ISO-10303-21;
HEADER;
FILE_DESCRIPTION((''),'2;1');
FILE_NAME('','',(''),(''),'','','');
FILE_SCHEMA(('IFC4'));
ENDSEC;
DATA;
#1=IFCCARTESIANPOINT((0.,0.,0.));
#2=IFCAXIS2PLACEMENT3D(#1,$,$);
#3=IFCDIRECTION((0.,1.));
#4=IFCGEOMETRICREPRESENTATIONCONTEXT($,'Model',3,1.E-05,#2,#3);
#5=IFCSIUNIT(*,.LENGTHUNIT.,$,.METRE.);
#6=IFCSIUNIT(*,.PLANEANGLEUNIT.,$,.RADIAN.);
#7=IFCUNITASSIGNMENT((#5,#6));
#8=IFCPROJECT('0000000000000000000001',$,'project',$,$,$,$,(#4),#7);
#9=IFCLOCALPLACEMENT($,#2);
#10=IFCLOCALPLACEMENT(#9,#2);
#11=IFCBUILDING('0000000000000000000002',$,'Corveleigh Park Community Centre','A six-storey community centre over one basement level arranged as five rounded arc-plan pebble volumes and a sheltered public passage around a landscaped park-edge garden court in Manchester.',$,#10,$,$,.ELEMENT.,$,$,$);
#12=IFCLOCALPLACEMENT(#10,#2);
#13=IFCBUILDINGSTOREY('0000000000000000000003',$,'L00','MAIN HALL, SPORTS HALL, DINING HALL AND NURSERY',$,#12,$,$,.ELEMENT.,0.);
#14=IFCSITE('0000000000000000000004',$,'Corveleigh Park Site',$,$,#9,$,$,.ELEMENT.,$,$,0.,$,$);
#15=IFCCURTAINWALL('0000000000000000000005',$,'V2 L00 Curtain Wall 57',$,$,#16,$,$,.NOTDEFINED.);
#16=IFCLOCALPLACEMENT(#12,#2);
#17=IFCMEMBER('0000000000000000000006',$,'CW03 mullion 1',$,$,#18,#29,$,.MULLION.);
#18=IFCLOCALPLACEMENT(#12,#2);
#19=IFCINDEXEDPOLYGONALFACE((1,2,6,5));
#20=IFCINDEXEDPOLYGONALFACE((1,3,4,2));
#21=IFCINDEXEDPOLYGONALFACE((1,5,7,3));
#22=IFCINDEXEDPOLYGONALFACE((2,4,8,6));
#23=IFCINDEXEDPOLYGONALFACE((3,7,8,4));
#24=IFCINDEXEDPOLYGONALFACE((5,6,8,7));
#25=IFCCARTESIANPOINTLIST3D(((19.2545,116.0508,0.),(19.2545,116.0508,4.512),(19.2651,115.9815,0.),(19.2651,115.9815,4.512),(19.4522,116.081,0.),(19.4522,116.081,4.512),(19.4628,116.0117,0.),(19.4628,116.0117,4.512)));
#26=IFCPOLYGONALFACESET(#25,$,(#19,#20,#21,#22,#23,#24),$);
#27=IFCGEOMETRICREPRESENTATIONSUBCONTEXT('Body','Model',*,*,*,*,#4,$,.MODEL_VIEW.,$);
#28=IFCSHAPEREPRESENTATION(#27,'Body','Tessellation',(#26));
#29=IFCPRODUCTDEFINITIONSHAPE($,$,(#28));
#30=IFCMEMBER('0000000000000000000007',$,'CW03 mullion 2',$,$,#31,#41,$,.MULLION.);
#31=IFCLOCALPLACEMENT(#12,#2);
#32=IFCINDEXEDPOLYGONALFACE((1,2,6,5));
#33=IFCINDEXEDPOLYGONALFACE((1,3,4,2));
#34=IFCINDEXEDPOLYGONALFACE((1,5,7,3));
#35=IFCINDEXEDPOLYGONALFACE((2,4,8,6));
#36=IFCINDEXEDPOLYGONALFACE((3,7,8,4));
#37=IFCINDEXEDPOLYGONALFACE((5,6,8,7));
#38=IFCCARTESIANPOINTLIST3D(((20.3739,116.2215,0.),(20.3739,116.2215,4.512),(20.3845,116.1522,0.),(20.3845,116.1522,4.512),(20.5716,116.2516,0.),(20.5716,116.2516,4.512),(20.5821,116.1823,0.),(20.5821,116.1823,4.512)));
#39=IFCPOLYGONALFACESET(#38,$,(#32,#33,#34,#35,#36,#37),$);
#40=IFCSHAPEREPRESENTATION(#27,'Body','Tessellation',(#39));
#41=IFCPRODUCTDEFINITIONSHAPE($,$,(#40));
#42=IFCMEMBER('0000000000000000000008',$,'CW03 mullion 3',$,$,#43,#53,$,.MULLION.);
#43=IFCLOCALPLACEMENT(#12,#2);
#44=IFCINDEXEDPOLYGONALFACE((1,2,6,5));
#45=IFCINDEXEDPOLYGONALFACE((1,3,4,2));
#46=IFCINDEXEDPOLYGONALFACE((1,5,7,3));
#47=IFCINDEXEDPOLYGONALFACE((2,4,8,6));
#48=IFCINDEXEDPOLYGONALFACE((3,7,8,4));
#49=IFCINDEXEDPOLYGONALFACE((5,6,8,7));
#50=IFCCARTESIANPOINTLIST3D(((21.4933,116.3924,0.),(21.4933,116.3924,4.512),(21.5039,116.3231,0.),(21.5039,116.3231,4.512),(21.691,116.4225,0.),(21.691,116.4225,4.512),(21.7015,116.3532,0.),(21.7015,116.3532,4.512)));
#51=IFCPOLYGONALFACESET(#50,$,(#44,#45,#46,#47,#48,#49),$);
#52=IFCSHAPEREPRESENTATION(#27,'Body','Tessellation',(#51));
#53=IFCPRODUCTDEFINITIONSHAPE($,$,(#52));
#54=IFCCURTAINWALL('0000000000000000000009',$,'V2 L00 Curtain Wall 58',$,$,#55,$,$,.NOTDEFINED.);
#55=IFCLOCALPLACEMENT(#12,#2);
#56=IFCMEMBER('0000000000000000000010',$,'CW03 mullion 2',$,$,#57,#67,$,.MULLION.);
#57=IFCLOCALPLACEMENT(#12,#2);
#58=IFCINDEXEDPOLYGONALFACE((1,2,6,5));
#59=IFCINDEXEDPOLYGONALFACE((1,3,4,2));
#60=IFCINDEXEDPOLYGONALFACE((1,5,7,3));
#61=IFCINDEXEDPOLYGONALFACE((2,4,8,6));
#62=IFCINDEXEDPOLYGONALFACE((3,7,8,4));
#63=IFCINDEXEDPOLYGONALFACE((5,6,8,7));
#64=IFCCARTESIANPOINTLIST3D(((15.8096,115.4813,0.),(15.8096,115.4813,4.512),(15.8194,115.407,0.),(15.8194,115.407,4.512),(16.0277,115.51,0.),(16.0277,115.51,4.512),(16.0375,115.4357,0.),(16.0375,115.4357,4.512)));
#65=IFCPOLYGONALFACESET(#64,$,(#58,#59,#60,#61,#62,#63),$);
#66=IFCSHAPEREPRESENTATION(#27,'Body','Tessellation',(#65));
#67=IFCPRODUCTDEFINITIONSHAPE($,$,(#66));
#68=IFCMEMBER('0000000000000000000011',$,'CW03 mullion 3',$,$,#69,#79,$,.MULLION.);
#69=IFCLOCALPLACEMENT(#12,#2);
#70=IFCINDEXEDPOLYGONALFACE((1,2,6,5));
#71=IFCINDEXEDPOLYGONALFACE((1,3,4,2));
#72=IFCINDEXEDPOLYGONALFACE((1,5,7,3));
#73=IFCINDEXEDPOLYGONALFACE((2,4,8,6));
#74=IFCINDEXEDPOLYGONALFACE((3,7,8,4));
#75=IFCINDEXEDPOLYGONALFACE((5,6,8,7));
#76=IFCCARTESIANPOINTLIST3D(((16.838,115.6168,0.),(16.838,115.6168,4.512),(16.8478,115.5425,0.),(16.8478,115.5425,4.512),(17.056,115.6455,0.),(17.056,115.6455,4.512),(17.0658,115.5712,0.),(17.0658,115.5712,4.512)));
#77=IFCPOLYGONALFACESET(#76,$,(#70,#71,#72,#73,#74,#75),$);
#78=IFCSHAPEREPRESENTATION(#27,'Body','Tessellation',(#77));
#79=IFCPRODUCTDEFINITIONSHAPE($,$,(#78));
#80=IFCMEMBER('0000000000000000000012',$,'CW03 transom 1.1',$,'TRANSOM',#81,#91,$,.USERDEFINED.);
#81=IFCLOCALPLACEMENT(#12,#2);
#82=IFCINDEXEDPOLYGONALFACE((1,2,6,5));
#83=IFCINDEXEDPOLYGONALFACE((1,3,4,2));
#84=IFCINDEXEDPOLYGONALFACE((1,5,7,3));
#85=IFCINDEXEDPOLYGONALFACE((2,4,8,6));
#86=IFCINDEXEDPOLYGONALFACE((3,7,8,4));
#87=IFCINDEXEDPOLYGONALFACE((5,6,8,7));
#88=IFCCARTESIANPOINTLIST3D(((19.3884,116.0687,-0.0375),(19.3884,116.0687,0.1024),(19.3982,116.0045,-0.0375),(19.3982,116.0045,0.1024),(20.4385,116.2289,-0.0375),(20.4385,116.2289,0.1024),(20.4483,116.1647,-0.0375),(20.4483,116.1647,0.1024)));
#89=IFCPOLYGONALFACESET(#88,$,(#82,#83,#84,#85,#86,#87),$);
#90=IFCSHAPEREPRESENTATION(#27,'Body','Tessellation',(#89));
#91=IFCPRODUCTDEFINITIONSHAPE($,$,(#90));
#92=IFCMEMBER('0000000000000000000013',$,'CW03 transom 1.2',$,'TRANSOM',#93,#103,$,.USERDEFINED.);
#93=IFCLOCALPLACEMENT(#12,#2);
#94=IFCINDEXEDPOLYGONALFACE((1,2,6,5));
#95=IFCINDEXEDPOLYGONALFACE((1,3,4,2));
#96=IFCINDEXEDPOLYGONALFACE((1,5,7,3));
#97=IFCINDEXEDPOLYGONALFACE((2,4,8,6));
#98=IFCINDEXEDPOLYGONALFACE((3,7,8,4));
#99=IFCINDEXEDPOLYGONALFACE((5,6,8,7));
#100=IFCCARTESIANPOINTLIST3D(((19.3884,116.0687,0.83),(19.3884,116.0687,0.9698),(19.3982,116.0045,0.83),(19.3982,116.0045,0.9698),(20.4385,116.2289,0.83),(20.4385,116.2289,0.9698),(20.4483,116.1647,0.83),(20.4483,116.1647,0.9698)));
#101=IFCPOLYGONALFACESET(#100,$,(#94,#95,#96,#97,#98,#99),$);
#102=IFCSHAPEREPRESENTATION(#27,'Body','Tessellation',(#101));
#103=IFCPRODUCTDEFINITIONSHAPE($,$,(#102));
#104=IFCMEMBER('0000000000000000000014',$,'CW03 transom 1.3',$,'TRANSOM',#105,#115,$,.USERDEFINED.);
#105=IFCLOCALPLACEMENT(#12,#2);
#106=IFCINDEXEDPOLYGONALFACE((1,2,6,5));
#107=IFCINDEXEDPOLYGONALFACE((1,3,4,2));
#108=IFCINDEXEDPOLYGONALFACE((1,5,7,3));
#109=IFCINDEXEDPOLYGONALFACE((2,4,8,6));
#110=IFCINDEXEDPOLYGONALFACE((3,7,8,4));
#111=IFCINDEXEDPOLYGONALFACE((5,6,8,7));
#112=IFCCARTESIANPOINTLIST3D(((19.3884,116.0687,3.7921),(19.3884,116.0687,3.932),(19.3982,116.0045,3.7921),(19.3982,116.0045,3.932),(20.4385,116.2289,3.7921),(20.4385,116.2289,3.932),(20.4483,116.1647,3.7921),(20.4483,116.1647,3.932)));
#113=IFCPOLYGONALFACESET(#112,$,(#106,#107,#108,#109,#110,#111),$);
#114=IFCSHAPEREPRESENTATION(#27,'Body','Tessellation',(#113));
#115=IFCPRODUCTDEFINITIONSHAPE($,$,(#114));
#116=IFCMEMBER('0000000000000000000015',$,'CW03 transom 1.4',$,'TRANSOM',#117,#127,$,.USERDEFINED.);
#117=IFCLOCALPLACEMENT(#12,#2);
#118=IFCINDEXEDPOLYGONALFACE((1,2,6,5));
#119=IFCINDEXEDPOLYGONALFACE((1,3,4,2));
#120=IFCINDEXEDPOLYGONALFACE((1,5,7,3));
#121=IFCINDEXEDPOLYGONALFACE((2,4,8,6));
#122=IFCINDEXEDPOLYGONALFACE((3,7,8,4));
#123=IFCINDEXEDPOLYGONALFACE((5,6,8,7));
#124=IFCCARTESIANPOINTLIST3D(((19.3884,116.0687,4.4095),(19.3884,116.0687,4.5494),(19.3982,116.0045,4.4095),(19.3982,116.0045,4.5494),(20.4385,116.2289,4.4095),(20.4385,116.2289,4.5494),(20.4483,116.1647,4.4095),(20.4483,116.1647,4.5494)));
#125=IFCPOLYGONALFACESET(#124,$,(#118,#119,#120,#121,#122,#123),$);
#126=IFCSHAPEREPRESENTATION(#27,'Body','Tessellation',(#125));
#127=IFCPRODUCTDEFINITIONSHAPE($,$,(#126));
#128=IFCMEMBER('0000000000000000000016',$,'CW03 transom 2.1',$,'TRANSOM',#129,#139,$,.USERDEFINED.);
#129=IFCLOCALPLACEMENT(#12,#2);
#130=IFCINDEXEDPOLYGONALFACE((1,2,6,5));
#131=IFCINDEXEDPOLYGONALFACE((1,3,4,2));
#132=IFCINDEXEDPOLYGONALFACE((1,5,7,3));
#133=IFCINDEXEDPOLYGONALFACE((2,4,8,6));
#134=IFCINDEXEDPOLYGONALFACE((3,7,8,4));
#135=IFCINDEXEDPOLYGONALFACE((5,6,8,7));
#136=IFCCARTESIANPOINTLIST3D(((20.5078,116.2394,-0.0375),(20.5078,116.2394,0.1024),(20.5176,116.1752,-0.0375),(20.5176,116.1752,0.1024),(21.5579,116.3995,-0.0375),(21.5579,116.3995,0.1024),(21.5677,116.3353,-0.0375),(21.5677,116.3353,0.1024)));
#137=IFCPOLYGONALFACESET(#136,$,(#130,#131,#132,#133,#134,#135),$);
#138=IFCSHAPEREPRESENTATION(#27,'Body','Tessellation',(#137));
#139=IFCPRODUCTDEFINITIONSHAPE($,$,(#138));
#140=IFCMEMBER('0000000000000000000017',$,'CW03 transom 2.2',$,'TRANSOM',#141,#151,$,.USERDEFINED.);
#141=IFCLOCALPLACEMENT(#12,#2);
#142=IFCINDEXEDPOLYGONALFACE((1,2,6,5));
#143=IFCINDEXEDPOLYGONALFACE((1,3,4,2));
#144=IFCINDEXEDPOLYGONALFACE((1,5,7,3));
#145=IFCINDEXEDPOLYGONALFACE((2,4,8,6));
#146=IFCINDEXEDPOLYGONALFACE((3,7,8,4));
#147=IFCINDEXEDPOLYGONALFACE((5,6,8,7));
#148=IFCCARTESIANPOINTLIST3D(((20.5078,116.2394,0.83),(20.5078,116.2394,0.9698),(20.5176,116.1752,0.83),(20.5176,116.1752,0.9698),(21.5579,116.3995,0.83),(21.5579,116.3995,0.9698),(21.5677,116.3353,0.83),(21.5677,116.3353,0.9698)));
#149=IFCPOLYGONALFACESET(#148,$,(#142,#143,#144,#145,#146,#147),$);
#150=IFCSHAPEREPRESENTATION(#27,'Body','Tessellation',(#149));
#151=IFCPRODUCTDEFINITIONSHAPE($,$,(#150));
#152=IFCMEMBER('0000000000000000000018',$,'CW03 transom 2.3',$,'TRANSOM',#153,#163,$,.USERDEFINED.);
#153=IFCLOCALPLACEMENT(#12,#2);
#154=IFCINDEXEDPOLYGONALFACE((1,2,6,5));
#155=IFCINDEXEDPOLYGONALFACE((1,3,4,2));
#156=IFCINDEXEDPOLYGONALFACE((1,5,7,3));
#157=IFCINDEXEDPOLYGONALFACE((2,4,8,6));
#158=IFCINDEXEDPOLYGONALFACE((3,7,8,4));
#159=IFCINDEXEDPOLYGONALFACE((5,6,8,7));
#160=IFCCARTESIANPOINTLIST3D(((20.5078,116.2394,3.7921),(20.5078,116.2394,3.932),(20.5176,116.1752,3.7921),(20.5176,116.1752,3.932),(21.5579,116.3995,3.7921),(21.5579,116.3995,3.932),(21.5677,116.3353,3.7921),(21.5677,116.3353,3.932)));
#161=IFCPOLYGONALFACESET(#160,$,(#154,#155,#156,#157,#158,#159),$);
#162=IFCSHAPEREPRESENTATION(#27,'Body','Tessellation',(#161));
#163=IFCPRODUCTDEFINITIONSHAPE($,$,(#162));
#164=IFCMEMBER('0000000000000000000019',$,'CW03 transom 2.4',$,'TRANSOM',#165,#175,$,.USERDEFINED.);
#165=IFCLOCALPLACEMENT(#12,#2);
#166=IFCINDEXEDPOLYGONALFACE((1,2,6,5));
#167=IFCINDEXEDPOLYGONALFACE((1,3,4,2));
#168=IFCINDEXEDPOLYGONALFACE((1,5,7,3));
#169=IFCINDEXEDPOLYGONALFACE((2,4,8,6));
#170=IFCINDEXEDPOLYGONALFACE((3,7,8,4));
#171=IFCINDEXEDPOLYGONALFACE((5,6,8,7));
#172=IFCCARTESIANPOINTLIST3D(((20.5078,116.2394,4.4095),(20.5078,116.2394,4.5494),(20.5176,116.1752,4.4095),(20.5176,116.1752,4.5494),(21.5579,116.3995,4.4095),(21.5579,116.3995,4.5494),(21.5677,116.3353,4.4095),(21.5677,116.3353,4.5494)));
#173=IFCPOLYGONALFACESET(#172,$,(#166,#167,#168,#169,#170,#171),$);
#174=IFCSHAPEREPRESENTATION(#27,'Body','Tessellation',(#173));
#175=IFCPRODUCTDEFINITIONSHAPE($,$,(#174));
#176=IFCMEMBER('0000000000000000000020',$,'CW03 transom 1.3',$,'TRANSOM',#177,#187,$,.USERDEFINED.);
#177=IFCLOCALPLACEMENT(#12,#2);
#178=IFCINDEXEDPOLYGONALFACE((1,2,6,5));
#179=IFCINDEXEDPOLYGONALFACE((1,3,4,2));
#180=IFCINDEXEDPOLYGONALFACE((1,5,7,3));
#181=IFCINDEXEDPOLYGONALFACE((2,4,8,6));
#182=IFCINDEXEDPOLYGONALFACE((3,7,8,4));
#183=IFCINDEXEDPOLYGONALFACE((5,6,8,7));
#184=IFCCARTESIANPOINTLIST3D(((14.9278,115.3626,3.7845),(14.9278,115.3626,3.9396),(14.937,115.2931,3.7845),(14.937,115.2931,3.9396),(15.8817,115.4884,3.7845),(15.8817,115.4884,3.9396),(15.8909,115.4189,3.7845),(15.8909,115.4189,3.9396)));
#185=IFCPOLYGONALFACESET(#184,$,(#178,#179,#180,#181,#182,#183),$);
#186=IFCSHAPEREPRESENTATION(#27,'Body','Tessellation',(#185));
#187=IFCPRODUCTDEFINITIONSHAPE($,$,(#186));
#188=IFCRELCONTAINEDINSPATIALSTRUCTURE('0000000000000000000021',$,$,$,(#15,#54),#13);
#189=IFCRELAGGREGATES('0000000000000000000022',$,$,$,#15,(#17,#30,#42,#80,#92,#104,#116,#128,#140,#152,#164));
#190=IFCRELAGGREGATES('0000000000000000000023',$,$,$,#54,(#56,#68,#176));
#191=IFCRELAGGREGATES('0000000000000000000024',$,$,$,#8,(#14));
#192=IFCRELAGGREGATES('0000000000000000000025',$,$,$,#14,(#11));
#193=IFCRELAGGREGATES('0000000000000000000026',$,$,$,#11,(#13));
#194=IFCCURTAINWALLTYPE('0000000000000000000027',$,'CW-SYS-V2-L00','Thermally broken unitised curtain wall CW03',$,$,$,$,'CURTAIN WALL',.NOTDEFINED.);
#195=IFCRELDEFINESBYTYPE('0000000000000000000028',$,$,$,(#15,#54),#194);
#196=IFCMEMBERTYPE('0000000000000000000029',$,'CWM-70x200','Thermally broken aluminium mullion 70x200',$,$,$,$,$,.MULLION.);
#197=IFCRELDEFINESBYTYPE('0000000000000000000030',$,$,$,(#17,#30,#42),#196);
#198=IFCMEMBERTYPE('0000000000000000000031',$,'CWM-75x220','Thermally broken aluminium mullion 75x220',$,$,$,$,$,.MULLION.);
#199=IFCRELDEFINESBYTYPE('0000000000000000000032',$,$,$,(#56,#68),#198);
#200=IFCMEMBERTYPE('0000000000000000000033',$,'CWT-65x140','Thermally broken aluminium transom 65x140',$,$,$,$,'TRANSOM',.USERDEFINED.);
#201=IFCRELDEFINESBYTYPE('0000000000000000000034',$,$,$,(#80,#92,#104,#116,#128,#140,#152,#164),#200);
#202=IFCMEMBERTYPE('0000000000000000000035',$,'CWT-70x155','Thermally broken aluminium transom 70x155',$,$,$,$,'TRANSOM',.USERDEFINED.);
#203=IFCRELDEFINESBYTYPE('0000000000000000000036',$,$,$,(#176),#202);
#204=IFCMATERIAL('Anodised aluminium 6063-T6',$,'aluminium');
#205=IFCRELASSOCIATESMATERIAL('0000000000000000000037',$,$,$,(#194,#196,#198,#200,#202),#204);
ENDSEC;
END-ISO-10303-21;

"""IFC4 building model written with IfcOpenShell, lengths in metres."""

from ifc_helpers import new_model, si_unit, direction, frame, origin, origin_2d, place, context, subcontext, project, spatial, rectangle, extrude, material, material_profile, profile_set, type_object, element, aggregate, save


model = new_model("IFC4")

# Units and contexts
model_context = context("Model", 3, precision=1e-05, world=origin(), true_north=direction((0.0, 1.0)))
body_context = subcontext(model_context, "Body", "Model", "MODEL_VIEW")
ifc_project = project(units=[si_unit("LENGTHUNIT", "METRE"), si_unit("PLANEANGLEUNIT", "RADIAN")], contexts=[model_context])

# Site, building, storey
site_placement = place(None, origin())
site = spatial("IfcSite", under=ifc_project, at=site_placement, Name="Corveleigh Park Site", CompositionType="ELEMENT", RefElevation=0.0)
building_placement = place(site_placement, origin())
building = spatial("IfcBuilding", under=site, at=building_placement, Name="Corveleigh Park Community Centre", Description="A six-storey community centre over one basement level arranged as five rounded arc-plan pebble volumes and a sheltered public passage around a landscaped park-edge garden court in Manchester.", CompositionType="ELEMENT")
storey_placement = place(building_placement, origin())
storey = spatial("IfcBuildingStorey", under=building, at=storey_placement, Name="L00", Description="MAIN HALL, SPORTS HALL, DINING HALL AND NURSERY", CompositionType="ELEMENT", Elevation=0.0)

# Curtain walls, members
ifc_material_1 = material(Name="Anodised aluminium 6063-T6", Category="aluminium")
curtain_wall_type = type_object("IfcCurtainWallType", Name="CW-SYS-V2-L00", Description="Thermally broken unitised curtain wall CW03", ElementType="CURTAIN WALL", PredefinedType="NOTDEFINED", material=ifc_material_1)
curtain_wall_1_placement = place(storey_placement, origin())
curtain_wall_1 = element("IfcCurtainWall", 1, at=curtain_wall_1_placement, inside=storey, type_object=curtain_wall_type, Name="V2 L00 Curtain Wall 57", PredefinedType="NOTDEFINED")
ifc_material_profile_1 = material_profile(ifc_material_1, rectangle(XDim=0.0701, YDim=0.2, at=origin_2d()), Name="ALU-M70x200", Category="aluminium")
ifc_profile_set_1 = profile_set([ifc_material_profile_1], Name="Anodised aluminium 6063-T6")
member_type_1 = type_object("IfcMemberType", Name="CWM-70x200", Description="Thermally broken aluminium mullion 70x200", PredefinedType="MULLION", material=ifc_profile_set_1)
member_1_placement = place(storey_placement, frame((19.3586, 116.0312, 0.0), z_axis=(0.0, 0.0, 1.0), x_axis=(-0.15077, 0.988569, 0.0)))
member_1 = element("IfcMember", 2, at=member_1_placement, type_object=member_type_1, Name="CW03 mullion 1", PredefinedType="MULLION", context=body_context, shape_type="SweptSolid", body=[
    extrude(rectangle(XDim=0.0701, YDim=0.2, at=origin_2d()), origin(), (0.0, 0.0, 1.0), 4.512),
])
member_2_placement = place(storey_placement, frame((20.478, 116.2019, 0.0), z_axis=(0.0, 0.0, 1.0), x_axis=(-0.15077, 0.988569, 0.0)))
member_2 = element("IfcMember", 3, at=member_2_placement, type_object=member_type_1, Name="CW03 mullion 2", PredefinedType="MULLION", context=body_context, shape_type="SweptSolid", body=[
    extrude(rectangle(XDim=0.0701, YDim=0.2, at=origin_2d()), origin(), (0.0, 0.0, 1.0), 4.512),
])
member_3_placement = place(storey_placement, frame((21.5974, 116.3728, 0.0), z_axis=(0.0, 0.0, 1.0), x_axis=(-0.15077, 0.988569, 0.0)))
member_3 = element("IfcMember", 4, at=member_3_placement, type_object=member_type_1, Name="CW03 mullion 3", PredefinedType="MULLION", context=body_context, shape_type="SweptSolid", body=[
    extrude(rectangle(XDim=0.0701, YDim=0.2, at=origin_2d()), origin(), (0.0, 0.0, 1.0), 4.512),
])
curtain_wall_2_placement = place(storey_placement, origin())
curtain_wall_2 = element("IfcCurtainWall", 5, at=curtain_wall_2_placement, inside=storey, type_object=curtain_wall_type, Name="V2 L00 Curtain Wall 58", PredefinedType="NOTDEFINED")
ifc_material_profile_2 = material_profile(ifc_material_1, rectangle(XDim=0.075, YDim=0.22, at=origin_2d()), Name="ALU-M75x220", Category="aluminium")
ifc_profile_set_2 = profile_set([ifc_material_profile_2], Name="Anodised aluminium 6063-T6")
member_type_2 = type_object("IfcMemberType", Name="CWM-75x220", Description="Thermally broken aluminium mullion 75x220", PredefinedType="MULLION", material=ifc_profile_set_2)
member_4_placement = place(storey_placement, frame((15.9236, 115.4585, 0.0), z_axis=(0.0, 0.0, 1.0), x_axis=(-0.130731, 0.991418, 0.0)))
member_4 = element("IfcMember", 6, at=member_4_placement, type_object=member_type_2, Name="CW03 mullion 2", PredefinedType="MULLION", context=body_context, shape_type="SweptSolid", body=[
    extrude(rectangle(XDim=0.075, YDim=0.22, at=origin_2d()), origin(), (0.0, 0.0, 1.0), 4.512),
])
member_5_placement = place(storey_placement, frame((16.9519, 115.594, 0.0), z_axis=(0.0, 0.0, 1.0), x_axis=(-0.130731, 0.991418, 0.0)))
member_5 = element("IfcMember", 7, at=member_5_placement, type_object=member_type_2, Name="CW03 mullion 3", PredefinedType="MULLION", context=body_context, shape_type="SweptSolid", body=[
    extrude(rectangle(XDim=0.075, YDim=0.22, at=origin_2d()), origin(), (0.0, 0.0, 1.0), 4.512),
])

# Members
ifc_material_profile_3 = material_profile(ifc_material_1, rectangle(XDim=0.0649, YDim=0.1399, at=origin_2d()), Name="ALU-T65x140", Category="aluminium")
ifc_profile_set_3 = profile_set([ifc_material_profile_3], Name="Anodised aluminium 6063-T6")
member_type_3 = type_object("IfcMemberType", Name="CWT-65x140", Description="Thermally broken aluminium transom 65x140", ElementType="TRANSOM", PredefinedType="USERDEFINED", material=ifc_profile_set_3)
member_6_placement = place(storey_placement, frame((19.3933, 116.0366, 0.0325), z_axis=(0.988568, 0.150779, 0.0), x_axis=(-0.150779, 0.988568, 0.0)))
member_6 = element("IfcMember", 8, at=member_6_placement, type_object=member_type_3, Name="CW03 transom 1.1", ObjectType="TRANSOM", PredefinedType="USERDEFINED", context=body_context, shape_type="SweptSolid", body=[
    extrude(rectangle(XDim=0.0649, YDim=0.1399, at=origin_2d()), origin(), (0.0, 0.0, 1.0), 1.0623),
])
member_7_placement = place(storey_placement, frame((19.3933, 116.0366, 0.8999), z_axis=(0.988568, 0.150779, 0.0), x_axis=(-0.150779, 0.988568, 0.0)))
member_7 = element("IfcMember", 9, at=member_7_placement, type_object=member_type_3, Name="CW03 transom 1.2", ObjectType="TRANSOM", PredefinedType="USERDEFINED", context=body_context, shape_type="SweptSolid", body=[
    extrude(rectangle(XDim=0.0649, YDim=0.1399, at=origin_2d()), origin(), (0.0, 0.0, 1.0), 1.0623),
])
member_8_placement = place(storey_placement, frame((19.3933, 116.0366, 3.8621), z_axis=(0.988568, 0.150779, 0.0), x_axis=(-0.150779, 0.988568, 0.0)))
member_8 = element("IfcMember", 10, at=member_8_placement, type_object=member_type_3, Name="CW03 transom 1.3", ObjectType="TRANSOM", PredefinedType="USERDEFINED", context=body_context, shape_type="SweptSolid", body=[
    extrude(rectangle(XDim=0.0649, YDim=0.1399, at=origin_2d()), origin(), (0.0, 0.0, 1.0), 1.0623),
])
member_9_placement = place(storey_placement, frame((19.3933, 116.0366, 4.4795), z_axis=(0.988568, 0.150779, 0.0), x_axis=(-0.150779, 0.988568, 0.0)))
member_9 = element("IfcMember", 11, at=member_9_placement, type_object=member_type_3, Name="CW03 transom 1.4", ObjectType="TRANSOM", PredefinedType="USERDEFINED", context=body_context, shape_type="SweptSolid", body=[
    extrude(rectangle(XDim=0.0649, YDim=0.1399, at=origin_2d()), origin(), (0.0, 0.0, 1.0), 1.0623),
])
member_10_placement = place(storey_placement, frame((20.5127, 116.2073, 0.0325), z_axis=(0.988568, 0.150779, 0.0), x_axis=(-0.150779, 0.988568, 0.0)))
member_10 = element("IfcMember", 12, at=member_10_placement, type_object=member_type_3, Name="CW03 transom 2.1", ObjectType="TRANSOM", PredefinedType="USERDEFINED", context=body_context, shape_type="SweptSolid", body=[
    extrude(rectangle(XDim=0.0649, YDim=0.1399, at=origin_2d()), origin(), (0.0, 0.0, 1.0), 1.0623),
])
member_11_placement = place(storey_placement, frame((20.5127, 116.2073, 0.8999), z_axis=(0.988568, 0.150779, 0.0), x_axis=(-0.150779, 0.988568, 0.0)))
member_11 = element("IfcMember", 13, at=member_11_placement, type_object=member_type_3, Name="CW03 transom 2.2", ObjectType="TRANSOM", PredefinedType="USERDEFINED", context=body_context, shape_type="SweptSolid", body=[
    extrude(rectangle(XDim=0.0649, YDim=0.1399, at=origin_2d()), origin(), (0.0, 0.0, 1.0), 1.0623),
])
member_12_placement = place(storey_placement, frame((20.5127, 116.2073, 3.8621), z_axis=(0.988568, 0.150779, 0.0), x_axis=(-0.150779, 0.988568, 0.0)))
member_12 = element("IfcMember", 14, at=member_12_placement, type_object=member_type_3, Name="CW03 transom 2.3", ObjectType="TRANSOM", PredefinedType="USERDEFINED", context=body_context, shape_type="SweptSolid", body=[
    extrude(rectangle(XDim=0.0649, YDim=0.1399, at=origin_2d()), origin(), (0.0, 0.0, 1.0), 1.0623),
])
member_13_placement = place(storey_placement, frame((20.5127, 116.2073, 4.4795), z_axis=(0.988568, 0.150779, 0.0), x_axis=(-0.150779, 0.988568, 0.0)))
member_13 = element("IfcMember", 15, at=member_13_placement, type_object=member_type_3, Name="CW03 transom 2.4", ObjectType="TRANSOM", PredefinedType="USERDEFINED", context=body_context, shape_type="SweptSolid", body=[
    extrude(rectangle(XDim=0.0649, YDim=0.1399, at=origin_2d()), origin(), (0.0, 0.0, 1.0), 1.0623),
])
ifc_material_profile_4 = material_profile(ifc_material_1, rectangle(XDim=0.0701, YDim=0.155, at=origin_2d()), Name="ALU-T70x155", Category="aluminium")
ifc_profile_set_4 = profile_set([ifc_material_profile_4], Name="Anodised aluminium 6063-T6")
member_type_4 = type_object("IfcMemberType", Name="CWT-70x155", Description="Thermally broken aluminium transom 70x155", ElementType="TRANSOM", PredefinedType="USERDEFINED", material=ifc_profile_set_4)
member_14_placement = place(storey_placement, frame((14.9324, 115.3279, 3.8621), z_axis=(0.991424, 0.130684, 0.0), x_axis=(-0.130684, 0.991424, 0.0)))
member_14 = element("IfcMember", 16, at=member_14_placement, type_object=member_type_4, Name="CW03 transom 1.3", ObjectType="TRANSOM", PredefinedType="USERDEFINED", context=body_context, shape_type="SweptSolid", body=[
    extrude(rectangle(XDim=0.0701, YDim=0.155, at=origin_2d()), origin(), (0.0, 0.0, 1.0), 0.9622),
])

aggregate(curtain_wall_1, [member_1, member_2, member_3, member_6, member_7, member_8, member_9, member_10, member_11, member_12, member_13])
aggregate(curtain_wall_2, [member_4, member_5, member_14])

save(model, "model.ifc")
